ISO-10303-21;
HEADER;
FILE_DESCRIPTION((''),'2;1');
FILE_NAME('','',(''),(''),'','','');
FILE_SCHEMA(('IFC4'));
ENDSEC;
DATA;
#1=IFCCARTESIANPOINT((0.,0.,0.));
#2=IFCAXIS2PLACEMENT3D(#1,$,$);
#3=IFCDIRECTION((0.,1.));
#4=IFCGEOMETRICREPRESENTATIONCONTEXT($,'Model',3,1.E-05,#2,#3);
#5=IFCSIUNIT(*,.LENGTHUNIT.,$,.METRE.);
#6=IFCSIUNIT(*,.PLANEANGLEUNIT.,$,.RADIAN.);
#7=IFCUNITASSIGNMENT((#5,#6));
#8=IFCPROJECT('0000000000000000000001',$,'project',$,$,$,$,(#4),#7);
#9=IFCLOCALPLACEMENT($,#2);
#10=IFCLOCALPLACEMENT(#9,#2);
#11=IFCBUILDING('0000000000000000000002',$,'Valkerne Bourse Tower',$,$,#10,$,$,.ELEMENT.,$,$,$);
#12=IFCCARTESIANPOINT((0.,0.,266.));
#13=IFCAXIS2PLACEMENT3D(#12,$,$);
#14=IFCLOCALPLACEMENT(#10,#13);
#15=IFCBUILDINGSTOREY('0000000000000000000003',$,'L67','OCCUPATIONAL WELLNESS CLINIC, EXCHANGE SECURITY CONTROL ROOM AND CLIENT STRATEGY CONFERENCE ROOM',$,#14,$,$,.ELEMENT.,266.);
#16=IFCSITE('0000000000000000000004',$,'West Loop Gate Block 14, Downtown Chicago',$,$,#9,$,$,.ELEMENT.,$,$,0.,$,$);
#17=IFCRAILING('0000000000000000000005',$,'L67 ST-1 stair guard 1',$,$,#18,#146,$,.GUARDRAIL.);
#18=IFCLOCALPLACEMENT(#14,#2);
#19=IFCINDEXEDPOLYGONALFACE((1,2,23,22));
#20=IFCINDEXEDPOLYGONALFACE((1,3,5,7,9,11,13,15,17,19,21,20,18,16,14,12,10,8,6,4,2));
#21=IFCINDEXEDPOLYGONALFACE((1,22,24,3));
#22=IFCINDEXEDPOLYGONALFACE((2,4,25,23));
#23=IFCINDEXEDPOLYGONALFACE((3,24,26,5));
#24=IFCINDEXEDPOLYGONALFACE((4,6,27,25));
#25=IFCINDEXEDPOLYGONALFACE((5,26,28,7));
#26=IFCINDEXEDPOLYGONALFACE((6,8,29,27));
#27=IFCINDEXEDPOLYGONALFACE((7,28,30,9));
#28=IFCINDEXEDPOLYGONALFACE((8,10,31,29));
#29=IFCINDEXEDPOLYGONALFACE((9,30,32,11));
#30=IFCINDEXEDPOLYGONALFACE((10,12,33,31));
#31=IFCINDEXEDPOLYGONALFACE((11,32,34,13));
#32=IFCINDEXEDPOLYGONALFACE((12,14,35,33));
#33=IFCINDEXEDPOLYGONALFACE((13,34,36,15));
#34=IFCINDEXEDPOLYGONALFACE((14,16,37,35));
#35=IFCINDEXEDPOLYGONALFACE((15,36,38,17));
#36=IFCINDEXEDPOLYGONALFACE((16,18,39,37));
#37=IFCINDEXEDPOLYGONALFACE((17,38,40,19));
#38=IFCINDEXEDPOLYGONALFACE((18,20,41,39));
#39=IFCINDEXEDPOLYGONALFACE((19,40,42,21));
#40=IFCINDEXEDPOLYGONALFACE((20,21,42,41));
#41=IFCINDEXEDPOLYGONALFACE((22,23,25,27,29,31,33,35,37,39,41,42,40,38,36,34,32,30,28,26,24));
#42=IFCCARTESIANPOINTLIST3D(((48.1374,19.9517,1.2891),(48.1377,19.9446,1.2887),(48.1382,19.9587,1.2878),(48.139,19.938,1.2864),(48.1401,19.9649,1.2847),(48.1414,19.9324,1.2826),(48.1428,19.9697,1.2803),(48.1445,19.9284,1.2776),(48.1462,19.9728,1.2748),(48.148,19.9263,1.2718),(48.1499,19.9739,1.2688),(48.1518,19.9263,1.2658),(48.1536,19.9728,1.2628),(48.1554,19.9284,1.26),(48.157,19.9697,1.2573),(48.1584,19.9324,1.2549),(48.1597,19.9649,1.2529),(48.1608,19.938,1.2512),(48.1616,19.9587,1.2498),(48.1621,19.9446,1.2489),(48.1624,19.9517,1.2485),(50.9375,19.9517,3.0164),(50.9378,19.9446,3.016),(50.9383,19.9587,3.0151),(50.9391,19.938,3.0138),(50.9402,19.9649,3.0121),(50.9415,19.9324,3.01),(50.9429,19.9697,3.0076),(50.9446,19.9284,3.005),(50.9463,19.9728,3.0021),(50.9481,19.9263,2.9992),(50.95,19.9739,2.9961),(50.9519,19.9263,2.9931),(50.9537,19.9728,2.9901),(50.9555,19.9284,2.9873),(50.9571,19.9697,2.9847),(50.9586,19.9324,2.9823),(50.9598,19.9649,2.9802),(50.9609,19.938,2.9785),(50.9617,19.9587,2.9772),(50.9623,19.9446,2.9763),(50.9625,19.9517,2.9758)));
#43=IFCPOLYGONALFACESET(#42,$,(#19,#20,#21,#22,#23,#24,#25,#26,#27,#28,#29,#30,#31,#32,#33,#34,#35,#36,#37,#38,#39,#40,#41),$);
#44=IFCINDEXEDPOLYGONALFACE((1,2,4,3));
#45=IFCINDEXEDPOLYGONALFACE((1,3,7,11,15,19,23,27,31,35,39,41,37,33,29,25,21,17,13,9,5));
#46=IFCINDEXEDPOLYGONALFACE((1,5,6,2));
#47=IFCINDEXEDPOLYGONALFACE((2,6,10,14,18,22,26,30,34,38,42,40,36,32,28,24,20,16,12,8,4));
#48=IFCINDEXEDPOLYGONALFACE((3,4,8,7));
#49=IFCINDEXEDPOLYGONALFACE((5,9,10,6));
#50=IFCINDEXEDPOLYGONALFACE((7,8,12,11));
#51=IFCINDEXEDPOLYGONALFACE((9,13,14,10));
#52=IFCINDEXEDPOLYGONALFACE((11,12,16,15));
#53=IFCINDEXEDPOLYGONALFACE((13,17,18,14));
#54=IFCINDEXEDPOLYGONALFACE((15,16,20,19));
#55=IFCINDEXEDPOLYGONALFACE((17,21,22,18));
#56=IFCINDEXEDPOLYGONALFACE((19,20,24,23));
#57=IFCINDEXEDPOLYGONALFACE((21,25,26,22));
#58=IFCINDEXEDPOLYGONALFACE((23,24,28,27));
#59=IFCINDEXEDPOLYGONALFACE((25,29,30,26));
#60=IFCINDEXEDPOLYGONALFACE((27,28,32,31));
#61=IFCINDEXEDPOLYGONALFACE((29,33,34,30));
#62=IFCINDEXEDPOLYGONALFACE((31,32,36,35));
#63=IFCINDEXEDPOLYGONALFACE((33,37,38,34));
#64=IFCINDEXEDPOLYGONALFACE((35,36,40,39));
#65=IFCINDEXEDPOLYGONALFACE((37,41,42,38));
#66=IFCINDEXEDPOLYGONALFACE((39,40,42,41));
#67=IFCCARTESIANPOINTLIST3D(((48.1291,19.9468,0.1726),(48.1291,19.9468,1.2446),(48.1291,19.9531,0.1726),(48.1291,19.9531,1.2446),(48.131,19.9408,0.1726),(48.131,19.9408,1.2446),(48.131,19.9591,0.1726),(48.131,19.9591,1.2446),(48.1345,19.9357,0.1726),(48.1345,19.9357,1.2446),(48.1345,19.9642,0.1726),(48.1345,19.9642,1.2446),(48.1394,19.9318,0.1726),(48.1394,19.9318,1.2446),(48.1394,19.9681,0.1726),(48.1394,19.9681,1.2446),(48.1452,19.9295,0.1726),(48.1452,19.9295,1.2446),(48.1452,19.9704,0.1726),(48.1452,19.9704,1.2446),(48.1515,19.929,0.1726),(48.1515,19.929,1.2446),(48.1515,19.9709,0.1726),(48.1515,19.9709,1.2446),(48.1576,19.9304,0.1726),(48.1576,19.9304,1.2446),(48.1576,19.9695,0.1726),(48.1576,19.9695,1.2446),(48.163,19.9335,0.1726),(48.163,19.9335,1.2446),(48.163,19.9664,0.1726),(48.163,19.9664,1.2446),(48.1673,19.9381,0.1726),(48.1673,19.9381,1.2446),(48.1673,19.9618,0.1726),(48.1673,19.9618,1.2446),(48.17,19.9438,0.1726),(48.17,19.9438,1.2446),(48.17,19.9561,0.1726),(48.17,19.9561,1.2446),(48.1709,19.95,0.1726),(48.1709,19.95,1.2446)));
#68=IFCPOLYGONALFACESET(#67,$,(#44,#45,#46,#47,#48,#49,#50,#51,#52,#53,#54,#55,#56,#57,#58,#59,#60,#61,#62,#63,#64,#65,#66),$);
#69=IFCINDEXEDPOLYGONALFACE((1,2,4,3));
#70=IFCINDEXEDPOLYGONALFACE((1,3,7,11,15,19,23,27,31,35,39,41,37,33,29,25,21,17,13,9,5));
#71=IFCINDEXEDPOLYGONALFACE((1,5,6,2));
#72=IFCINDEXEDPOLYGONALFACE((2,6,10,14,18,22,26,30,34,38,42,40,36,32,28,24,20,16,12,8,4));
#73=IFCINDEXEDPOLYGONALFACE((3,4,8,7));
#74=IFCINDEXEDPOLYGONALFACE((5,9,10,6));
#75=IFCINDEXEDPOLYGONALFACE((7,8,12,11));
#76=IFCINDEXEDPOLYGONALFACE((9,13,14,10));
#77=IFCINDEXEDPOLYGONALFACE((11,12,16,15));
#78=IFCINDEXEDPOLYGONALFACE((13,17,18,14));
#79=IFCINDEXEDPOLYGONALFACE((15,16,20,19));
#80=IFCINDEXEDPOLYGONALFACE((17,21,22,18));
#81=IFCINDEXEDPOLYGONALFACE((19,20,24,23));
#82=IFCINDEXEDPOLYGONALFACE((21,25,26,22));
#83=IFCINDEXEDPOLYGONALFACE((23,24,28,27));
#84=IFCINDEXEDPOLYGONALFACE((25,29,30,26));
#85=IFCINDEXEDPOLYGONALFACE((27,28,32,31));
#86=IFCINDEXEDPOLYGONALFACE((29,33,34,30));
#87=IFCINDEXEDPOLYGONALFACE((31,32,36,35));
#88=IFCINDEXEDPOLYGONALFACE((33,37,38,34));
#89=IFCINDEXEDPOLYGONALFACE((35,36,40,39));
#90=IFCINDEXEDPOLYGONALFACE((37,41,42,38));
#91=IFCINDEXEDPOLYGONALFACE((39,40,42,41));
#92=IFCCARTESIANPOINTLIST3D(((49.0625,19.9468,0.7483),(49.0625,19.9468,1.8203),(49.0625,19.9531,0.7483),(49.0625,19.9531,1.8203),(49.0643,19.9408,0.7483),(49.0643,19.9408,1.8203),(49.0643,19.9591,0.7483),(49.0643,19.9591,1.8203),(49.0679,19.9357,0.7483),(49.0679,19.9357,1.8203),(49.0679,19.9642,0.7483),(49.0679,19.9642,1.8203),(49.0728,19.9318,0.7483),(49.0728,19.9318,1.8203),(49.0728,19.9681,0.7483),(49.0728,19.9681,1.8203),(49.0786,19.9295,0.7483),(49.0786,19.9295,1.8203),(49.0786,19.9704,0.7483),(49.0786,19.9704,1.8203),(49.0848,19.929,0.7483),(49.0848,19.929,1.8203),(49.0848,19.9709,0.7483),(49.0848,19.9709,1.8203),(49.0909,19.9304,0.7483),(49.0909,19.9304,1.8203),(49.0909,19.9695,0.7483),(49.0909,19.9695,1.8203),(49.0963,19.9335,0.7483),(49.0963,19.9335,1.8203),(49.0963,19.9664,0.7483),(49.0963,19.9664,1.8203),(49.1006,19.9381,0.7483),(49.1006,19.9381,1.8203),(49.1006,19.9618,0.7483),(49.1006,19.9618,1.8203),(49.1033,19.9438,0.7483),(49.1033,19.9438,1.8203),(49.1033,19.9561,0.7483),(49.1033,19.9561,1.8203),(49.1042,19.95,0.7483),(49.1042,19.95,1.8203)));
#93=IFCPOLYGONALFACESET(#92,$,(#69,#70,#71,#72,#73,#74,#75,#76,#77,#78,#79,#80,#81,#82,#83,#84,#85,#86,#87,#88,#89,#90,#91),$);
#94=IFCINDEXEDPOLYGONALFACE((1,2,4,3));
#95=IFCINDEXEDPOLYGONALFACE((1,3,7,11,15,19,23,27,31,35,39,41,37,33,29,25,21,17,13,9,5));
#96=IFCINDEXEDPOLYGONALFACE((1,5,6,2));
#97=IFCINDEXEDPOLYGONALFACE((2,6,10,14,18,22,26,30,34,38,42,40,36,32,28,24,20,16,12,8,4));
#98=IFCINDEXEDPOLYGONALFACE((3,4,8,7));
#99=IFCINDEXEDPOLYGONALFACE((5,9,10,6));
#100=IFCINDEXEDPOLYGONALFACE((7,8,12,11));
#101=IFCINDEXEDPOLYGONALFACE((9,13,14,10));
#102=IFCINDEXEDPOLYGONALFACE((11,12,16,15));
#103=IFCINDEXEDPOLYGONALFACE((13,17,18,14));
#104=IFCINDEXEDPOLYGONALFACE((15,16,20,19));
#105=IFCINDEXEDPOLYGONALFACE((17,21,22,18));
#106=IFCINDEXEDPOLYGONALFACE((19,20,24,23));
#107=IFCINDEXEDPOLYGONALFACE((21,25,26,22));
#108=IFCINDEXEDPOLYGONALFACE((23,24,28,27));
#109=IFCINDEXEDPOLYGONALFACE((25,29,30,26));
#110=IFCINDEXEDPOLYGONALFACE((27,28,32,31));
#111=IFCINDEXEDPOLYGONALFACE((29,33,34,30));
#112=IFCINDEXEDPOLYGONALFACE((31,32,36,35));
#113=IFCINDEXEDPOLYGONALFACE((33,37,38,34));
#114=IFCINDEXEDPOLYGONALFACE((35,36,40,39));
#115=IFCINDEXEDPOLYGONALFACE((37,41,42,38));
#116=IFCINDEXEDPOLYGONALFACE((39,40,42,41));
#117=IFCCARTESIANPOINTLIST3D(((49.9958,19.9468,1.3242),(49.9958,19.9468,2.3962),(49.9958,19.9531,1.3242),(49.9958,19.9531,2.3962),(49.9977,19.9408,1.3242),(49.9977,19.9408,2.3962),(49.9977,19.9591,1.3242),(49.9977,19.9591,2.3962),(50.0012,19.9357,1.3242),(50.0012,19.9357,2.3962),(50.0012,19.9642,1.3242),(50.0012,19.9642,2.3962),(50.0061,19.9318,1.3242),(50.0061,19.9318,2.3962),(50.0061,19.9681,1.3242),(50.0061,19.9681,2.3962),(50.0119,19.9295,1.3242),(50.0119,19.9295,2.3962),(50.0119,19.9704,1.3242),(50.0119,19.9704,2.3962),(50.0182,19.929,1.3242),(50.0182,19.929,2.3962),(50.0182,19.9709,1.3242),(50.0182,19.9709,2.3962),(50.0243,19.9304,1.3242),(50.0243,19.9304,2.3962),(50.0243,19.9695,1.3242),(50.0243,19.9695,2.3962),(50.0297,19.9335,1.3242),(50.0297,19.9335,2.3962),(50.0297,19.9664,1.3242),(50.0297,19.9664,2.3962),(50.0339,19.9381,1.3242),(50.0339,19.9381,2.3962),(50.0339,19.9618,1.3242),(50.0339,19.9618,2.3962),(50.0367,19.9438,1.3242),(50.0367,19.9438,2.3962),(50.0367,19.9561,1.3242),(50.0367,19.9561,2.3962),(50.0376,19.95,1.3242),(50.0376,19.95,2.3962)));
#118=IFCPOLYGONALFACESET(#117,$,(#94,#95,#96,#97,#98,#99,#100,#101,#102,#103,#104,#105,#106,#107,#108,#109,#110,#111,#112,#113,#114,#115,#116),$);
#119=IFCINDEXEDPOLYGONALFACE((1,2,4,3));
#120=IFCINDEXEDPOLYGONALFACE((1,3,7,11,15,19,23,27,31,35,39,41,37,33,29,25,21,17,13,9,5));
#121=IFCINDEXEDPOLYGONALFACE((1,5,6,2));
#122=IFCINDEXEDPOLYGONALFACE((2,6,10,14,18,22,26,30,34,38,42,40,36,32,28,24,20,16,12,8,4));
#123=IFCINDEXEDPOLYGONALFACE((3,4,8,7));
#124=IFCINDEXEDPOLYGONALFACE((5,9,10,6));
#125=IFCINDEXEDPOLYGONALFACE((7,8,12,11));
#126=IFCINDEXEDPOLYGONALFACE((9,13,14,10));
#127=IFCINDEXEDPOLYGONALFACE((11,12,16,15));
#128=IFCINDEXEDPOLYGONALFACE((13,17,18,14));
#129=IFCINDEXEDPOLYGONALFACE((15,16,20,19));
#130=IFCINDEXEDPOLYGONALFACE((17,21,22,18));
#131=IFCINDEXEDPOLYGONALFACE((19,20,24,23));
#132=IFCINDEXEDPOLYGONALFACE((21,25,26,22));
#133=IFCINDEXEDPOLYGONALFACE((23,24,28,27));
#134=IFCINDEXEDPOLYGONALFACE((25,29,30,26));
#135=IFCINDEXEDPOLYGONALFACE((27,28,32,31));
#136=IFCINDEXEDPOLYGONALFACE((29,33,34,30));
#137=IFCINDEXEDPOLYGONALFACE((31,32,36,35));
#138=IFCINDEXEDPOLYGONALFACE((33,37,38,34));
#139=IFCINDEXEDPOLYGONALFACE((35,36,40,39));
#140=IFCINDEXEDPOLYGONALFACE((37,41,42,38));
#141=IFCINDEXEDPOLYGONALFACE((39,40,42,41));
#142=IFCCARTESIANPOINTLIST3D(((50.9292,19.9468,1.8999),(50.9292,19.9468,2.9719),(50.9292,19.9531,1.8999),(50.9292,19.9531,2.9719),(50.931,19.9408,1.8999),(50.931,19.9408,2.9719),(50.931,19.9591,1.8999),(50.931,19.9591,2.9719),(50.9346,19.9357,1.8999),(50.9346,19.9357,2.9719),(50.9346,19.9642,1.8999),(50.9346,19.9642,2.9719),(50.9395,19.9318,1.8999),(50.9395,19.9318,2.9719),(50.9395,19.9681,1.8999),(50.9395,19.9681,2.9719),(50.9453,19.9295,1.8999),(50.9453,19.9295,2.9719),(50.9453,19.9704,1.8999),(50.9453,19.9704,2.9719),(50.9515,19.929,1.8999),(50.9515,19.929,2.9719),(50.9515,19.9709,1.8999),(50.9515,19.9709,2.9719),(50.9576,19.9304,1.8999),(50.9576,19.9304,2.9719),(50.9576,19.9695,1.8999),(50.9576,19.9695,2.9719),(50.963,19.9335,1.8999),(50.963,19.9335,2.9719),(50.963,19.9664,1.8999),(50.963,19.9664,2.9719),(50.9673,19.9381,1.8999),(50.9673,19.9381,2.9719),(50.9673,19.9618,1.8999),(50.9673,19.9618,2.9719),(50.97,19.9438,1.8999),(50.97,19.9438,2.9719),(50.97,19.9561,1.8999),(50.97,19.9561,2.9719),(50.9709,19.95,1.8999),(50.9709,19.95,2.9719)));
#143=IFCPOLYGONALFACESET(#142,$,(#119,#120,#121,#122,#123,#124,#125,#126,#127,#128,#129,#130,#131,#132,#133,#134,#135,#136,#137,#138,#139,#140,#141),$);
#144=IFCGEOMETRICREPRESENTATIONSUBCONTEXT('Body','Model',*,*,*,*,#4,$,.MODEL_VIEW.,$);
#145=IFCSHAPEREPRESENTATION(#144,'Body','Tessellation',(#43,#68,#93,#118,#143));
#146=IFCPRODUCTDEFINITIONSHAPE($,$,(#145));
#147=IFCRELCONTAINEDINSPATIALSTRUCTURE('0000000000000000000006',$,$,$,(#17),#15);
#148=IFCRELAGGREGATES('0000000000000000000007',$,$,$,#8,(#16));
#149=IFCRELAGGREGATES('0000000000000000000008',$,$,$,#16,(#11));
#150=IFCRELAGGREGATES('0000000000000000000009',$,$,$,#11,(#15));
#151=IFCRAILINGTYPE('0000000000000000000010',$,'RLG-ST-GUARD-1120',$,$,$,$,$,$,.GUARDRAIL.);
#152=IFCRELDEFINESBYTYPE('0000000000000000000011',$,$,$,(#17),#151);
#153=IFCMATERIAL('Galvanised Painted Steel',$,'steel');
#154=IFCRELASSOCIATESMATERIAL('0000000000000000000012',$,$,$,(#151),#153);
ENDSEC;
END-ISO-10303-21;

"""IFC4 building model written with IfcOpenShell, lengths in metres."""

from ifc_helpers import new_model, si_unit, direction, frame, origin, origin_2d, place, context, subcontext, project, spatial, circle, extrude, material, type_object, element, save


model = new_model("IFC4")

# Units and contexts
model_context = context("Model", 3, precision=1e-05, world=origin(), true_north=direction((0.0, 1.0)))
body_context = subcontext(model_context, "Body", "Model", "MODEL_VIEW")
ifc_project = project(units=[si_unit("LENGTHUNIT", "METRE"), si_unit("PLANEANGLEUNIT", "RADIAN")], contexts=[model_context])

# Site, building, storey
site_placement = place(None, origin())
site = spatial("IfcSite", under=ifc_project, at=site_placement, Name="West Loop Gate Block 14, Downtown Chicago", CompositionType="ELEMENT", RefElevation=0.0)
building_placement = place(site_placement, origin())
building = spatial("IfcBuilding", under=site, at=building_placement, Name="Valkerne Bourse Tower", CompositionType="ELEMENT")
storey_placement = place(building_placement, frame((0.0, 0.0, 266.0)))
storey = spatial("IfcBuildingStorey", under=building, at=storey_placement, Name="L67", Description="OCCUPATIONAL WELLNESS CLINIC, EXCHANGE SECURITY CONTROL ROOM AND CLIENT STRATEGY CONFERENCE ROOM", CompositionType="ELEMENT", Elevation=266.0)

# Shared definitions
ifc_material_1 = material(Name="Galvanised Painted Steel", Category="steel")

# Railing
railing_type_1 = type_object("IfcRailingType", Name="RLG-ST-GUARD-1120", PredefinedType="GUARDRAIL", material=ifc_material_1)
railing_1_placement = place(storey_placement, frame((48.1499, 19.95, 0.1726)))
element("IfcRailing", 1, at=railing_1_placement, inside=storey, type_object=railing_type_1, Name="L67 ST-1 stair guard 1", PredefinedType="GUARDRAIL", context=body_context, shape_type="SweptSolid", body=[
    extrude(circle(Radius=0.0239, at=origin_2d()), frame((0.0, 0.0, 1.0962), z_axis=(0.85109, 0.0, 0.52502), x_axis=(0.0, 1.0, 0.0)), (0.0, 0.0, 1.0), 3.29),
    extrude(circle(Radius=0.021, at=origin_2d()), origin(), (0.0, 0.0, 1.0), 1.072),
    extrude(circle(Radius=0.021, at=origin_2d()), frame((0.9333, 0.0, 0.5757)), (0.0, 0.0, 1.0), 1.072),
    extrude(circle(Radius=0.021, at=origin_2d()), frame((1.8667, 0.0, 1.1516)), (0.0, 0.0, 1.0), 1.072),
    extrude(circle(Radius=0.021, at=origin_2d()), frame((2.8, 0.0, 1.7273)), (0.0, 0.0, 1.0), 1.072),
])

save(model, "model.ifc")
